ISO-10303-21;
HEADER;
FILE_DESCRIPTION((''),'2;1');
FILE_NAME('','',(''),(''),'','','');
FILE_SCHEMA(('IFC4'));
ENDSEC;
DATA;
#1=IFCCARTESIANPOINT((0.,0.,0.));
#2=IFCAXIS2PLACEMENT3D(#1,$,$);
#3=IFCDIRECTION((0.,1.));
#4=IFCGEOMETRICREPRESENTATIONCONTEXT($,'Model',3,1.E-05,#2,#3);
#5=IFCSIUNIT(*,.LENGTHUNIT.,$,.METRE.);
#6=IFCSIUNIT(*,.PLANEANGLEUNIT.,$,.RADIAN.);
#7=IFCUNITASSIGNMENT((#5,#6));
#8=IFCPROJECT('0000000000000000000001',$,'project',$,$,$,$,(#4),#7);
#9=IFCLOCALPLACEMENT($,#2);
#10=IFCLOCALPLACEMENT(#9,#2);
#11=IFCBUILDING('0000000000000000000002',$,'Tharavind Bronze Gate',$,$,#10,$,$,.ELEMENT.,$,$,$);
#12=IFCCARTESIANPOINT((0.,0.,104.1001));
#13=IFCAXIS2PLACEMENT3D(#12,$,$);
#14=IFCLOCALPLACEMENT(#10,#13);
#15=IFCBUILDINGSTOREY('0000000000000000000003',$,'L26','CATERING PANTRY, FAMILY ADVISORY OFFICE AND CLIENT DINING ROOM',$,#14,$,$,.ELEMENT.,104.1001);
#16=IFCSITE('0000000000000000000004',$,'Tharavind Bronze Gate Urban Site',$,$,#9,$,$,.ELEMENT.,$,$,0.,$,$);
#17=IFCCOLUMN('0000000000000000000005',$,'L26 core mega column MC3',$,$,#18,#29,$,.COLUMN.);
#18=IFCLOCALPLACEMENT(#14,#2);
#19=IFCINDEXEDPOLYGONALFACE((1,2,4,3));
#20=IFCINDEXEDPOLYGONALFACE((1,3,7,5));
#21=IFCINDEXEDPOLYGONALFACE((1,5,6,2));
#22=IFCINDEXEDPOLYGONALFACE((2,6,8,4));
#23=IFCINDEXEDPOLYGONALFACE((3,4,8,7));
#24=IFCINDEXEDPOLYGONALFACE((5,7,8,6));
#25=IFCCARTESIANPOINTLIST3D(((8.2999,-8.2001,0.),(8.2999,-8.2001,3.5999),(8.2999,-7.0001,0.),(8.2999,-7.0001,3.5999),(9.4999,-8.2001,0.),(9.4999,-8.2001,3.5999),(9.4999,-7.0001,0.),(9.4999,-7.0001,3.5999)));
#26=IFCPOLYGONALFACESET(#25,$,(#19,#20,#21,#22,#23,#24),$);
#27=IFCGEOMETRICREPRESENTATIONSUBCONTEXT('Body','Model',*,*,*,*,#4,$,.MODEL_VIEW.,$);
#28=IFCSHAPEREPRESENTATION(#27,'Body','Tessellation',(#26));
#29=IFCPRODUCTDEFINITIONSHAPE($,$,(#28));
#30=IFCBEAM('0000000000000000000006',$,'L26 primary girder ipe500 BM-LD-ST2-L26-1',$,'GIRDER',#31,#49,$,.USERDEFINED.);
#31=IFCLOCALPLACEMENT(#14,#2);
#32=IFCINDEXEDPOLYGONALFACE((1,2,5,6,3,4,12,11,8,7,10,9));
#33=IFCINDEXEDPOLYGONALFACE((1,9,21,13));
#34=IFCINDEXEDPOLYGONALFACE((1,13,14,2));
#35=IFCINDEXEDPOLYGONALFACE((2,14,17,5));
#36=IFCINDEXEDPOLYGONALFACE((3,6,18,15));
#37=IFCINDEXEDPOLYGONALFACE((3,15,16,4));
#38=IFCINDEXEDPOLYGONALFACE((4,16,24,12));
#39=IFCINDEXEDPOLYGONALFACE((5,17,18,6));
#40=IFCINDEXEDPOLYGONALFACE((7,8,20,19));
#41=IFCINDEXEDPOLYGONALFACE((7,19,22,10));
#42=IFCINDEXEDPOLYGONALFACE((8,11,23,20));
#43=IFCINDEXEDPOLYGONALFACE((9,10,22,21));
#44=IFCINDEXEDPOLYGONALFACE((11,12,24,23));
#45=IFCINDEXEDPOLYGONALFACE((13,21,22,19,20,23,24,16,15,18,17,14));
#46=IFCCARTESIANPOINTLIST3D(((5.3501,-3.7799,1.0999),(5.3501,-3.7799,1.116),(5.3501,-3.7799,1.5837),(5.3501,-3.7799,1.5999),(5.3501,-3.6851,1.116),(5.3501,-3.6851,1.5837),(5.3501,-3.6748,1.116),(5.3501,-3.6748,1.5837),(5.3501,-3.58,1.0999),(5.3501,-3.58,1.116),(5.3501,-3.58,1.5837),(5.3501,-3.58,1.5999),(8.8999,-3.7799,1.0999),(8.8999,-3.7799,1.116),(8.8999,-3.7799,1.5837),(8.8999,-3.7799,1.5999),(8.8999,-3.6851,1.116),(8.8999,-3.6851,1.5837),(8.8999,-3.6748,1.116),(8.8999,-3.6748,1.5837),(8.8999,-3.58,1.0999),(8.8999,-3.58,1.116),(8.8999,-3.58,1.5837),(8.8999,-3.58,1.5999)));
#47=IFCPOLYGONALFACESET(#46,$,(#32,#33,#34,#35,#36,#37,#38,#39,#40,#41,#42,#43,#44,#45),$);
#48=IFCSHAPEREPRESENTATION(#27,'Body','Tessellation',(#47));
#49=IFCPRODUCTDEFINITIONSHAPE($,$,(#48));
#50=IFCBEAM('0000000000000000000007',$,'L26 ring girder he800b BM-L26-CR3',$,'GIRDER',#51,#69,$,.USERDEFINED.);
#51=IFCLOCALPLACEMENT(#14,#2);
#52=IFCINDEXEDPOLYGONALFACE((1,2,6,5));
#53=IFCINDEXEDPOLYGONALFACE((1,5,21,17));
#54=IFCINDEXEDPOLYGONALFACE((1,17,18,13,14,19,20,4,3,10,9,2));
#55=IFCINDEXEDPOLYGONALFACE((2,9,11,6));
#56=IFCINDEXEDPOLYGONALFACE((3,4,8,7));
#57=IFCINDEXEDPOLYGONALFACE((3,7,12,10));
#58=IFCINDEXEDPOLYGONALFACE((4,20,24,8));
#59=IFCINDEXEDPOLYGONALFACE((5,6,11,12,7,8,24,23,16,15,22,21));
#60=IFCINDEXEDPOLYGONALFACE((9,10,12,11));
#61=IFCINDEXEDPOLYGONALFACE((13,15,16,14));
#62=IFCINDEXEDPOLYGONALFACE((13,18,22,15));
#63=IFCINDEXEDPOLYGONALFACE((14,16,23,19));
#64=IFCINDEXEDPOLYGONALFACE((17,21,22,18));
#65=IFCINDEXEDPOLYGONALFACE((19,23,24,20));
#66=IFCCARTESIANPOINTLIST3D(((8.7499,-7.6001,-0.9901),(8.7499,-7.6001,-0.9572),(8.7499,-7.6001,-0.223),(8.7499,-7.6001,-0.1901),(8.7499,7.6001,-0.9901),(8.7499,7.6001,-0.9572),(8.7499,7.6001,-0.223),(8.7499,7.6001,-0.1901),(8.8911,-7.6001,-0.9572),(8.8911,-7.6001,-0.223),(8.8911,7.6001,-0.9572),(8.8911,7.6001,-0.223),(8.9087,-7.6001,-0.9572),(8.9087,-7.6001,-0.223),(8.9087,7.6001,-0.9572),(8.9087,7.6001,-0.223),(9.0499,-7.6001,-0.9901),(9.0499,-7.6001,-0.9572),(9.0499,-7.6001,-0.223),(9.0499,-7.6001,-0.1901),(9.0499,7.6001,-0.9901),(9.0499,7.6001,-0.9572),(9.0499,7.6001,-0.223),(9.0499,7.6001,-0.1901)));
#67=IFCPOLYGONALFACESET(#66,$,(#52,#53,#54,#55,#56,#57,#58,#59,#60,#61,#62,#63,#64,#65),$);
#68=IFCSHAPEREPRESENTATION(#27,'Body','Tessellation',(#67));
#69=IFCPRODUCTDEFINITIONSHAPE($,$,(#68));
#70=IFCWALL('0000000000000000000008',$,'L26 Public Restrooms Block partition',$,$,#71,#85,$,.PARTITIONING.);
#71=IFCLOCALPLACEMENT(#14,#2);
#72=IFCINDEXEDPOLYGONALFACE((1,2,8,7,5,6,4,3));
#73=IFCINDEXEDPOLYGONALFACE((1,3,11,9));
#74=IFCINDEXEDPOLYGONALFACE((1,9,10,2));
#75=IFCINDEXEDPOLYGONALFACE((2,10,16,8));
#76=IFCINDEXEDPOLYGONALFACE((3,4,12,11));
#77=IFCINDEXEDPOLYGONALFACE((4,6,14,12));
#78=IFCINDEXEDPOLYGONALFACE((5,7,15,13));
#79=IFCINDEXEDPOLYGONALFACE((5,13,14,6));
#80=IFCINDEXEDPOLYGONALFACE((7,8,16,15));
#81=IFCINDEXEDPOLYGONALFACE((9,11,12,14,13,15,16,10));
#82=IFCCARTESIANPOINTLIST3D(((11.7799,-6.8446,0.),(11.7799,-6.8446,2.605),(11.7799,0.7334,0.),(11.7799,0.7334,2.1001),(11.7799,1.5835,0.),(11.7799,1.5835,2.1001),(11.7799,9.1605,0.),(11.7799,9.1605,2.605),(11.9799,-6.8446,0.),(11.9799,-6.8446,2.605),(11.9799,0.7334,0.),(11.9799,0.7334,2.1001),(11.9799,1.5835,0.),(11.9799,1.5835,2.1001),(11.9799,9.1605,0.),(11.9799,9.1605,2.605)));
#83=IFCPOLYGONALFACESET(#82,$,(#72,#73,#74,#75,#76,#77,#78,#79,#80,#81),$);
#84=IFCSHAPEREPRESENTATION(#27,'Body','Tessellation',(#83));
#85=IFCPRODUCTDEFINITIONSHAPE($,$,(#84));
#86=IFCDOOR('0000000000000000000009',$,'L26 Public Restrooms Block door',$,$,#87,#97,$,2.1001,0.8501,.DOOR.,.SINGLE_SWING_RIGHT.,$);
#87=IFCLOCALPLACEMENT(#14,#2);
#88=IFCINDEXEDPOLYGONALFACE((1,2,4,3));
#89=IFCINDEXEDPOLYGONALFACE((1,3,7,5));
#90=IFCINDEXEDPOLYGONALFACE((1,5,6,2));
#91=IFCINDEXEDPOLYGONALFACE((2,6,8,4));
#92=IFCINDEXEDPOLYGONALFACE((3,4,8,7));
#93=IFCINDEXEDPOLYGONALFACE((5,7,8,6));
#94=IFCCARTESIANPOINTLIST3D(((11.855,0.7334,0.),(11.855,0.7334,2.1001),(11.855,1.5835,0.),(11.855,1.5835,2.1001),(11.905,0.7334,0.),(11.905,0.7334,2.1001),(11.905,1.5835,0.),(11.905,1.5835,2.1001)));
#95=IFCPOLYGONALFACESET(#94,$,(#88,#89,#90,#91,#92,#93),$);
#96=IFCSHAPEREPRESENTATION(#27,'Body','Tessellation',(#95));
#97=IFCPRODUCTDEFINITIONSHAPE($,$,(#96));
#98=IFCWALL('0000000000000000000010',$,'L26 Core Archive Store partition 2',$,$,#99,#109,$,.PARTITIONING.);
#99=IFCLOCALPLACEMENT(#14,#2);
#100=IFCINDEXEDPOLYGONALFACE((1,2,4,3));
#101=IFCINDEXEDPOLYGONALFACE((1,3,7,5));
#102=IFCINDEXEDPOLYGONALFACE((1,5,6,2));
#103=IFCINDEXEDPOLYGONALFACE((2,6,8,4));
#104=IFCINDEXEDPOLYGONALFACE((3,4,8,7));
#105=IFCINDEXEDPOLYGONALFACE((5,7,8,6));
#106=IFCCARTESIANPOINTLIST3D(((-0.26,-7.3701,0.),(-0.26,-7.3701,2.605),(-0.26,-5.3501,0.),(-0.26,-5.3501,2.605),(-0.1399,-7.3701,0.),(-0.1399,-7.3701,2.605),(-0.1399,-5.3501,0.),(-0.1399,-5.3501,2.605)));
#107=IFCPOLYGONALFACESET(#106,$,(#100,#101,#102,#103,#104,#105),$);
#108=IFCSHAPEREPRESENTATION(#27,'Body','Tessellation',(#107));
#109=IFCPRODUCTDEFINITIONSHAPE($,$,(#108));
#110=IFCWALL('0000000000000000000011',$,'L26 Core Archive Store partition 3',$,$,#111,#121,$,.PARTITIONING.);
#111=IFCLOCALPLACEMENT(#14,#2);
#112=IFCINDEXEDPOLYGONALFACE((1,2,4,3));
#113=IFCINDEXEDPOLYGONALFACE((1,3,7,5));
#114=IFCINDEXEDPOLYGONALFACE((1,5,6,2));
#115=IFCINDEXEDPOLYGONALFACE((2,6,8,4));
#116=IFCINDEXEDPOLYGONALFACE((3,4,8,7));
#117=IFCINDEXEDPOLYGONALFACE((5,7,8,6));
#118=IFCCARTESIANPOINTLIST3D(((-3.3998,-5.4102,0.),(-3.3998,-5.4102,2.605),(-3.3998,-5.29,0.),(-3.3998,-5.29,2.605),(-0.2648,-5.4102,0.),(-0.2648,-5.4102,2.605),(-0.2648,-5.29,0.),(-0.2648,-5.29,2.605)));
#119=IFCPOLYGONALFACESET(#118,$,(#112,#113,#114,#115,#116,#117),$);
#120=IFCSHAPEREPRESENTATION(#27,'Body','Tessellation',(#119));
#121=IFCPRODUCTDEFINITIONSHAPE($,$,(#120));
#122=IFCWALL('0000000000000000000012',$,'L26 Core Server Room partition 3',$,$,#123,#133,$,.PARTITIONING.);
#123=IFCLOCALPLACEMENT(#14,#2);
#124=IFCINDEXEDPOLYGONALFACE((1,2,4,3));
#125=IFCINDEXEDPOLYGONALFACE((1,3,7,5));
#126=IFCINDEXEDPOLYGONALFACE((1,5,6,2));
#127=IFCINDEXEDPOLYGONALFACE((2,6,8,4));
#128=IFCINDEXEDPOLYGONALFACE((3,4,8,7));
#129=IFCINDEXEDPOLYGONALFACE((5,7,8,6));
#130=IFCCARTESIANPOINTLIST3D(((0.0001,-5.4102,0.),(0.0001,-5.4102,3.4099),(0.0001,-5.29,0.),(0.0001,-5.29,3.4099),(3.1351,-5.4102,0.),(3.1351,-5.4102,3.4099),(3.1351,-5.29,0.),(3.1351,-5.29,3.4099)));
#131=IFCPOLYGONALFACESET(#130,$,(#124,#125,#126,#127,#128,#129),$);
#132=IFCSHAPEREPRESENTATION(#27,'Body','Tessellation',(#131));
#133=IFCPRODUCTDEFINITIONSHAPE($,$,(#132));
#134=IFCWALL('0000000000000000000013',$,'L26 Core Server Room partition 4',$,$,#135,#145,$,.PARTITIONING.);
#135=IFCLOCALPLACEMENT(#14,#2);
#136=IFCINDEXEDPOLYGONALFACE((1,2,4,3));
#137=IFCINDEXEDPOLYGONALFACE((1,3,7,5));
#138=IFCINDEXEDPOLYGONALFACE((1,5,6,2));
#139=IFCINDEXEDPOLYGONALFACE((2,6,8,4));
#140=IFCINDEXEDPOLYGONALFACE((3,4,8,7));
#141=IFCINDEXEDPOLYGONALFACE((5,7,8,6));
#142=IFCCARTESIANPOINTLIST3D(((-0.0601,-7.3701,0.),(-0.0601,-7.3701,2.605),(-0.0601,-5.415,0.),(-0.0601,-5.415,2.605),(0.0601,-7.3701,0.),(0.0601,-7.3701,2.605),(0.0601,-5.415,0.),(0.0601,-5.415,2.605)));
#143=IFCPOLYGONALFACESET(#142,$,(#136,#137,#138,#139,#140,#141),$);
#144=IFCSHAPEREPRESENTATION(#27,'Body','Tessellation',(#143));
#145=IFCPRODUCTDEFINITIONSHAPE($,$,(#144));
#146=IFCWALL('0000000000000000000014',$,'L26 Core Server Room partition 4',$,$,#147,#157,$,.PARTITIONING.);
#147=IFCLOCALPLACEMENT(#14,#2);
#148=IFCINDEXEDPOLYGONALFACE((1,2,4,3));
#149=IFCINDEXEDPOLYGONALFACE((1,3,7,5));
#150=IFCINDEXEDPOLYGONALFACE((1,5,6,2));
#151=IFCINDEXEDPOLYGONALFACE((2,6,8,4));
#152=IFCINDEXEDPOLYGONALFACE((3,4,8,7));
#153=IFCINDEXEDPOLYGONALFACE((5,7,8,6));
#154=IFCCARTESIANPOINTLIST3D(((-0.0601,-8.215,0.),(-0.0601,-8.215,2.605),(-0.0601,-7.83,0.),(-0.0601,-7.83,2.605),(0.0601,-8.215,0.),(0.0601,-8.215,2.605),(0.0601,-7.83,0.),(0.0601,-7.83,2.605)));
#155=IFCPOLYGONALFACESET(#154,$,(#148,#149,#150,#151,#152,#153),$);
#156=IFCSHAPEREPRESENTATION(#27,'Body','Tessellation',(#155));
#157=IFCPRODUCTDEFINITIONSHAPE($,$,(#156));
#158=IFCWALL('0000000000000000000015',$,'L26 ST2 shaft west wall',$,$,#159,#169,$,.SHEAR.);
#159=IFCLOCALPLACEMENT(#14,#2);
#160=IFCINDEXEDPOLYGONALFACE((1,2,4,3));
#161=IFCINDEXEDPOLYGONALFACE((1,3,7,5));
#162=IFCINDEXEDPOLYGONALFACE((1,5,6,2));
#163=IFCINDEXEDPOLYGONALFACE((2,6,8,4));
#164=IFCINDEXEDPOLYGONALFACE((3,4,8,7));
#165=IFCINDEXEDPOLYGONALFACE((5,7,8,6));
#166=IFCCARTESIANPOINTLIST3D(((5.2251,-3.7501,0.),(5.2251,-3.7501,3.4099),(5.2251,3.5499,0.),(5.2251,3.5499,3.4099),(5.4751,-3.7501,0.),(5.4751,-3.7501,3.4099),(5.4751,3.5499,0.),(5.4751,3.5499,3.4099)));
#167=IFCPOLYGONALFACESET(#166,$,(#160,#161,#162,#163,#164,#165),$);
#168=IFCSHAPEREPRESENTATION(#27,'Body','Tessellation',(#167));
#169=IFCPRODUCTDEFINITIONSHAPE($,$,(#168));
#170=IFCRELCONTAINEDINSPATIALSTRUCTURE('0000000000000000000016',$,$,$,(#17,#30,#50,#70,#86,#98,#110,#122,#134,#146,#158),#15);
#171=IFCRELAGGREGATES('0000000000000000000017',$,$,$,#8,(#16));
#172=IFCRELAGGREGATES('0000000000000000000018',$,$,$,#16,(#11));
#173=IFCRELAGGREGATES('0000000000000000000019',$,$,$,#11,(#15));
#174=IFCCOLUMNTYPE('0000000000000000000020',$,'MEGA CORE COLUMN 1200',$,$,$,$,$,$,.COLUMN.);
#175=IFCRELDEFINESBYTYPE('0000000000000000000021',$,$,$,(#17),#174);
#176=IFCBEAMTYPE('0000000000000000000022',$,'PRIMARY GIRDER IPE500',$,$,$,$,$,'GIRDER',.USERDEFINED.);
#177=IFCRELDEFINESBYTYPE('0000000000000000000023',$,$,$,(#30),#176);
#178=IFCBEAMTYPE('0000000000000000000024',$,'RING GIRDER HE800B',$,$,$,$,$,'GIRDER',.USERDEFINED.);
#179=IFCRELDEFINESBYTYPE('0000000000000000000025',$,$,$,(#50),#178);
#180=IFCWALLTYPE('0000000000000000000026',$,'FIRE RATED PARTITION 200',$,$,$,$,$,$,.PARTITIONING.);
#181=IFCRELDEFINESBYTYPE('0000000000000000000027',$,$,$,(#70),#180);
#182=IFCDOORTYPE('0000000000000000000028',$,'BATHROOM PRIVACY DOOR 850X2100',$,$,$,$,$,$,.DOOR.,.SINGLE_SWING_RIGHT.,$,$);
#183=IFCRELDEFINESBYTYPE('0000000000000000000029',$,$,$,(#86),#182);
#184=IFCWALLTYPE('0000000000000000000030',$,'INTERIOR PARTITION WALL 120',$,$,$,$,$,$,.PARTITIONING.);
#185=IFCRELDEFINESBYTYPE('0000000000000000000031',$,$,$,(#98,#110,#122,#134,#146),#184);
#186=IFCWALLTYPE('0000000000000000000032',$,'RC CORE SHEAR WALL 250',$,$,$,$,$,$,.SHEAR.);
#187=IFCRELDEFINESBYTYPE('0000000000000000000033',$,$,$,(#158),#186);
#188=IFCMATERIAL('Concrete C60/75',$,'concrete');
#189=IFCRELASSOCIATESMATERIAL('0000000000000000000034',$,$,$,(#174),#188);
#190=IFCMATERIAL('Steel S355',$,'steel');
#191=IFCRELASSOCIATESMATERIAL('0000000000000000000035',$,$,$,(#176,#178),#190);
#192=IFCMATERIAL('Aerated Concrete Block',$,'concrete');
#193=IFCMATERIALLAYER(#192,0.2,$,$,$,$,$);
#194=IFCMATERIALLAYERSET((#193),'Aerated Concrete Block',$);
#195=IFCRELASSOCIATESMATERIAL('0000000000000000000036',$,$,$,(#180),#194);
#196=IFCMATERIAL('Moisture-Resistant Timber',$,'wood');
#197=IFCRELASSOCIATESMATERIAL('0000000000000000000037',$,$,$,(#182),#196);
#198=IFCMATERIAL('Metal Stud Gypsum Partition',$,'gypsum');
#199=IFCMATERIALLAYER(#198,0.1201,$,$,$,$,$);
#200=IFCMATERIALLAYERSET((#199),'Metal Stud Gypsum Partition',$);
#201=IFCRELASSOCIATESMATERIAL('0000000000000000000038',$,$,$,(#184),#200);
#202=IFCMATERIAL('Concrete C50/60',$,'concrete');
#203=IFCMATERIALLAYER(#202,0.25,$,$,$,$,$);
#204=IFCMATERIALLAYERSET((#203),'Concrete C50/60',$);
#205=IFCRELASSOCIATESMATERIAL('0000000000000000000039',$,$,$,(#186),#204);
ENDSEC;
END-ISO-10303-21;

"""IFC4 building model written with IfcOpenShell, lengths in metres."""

from ifc_helpers import new_model, si_unit, direction, frame, frame_2d, origin, origin_2d, place, context, subcontext, project, spatial, rectangle, i_section, extrude, material, layer, layer_set, material_profile, profile_set, type_object, element, fill, save


model = new_model("IFC4")

# Units and contexts
model_context = context("Model", 3, precision=1e-05, world=origin(), true_north=direction((0.0, 1.0)))
body_context = subcontext(model_context, "Body", "Model", "MODEL_VIEW")
ifc_project = project(units=[si_unit("LENGTHUNIT", "METRE"), si_unit("PLANEANGLEUNIT", "RADIAN")], contexts=[model_context])

# Site, building, storey
site_placement = place(None, origin())
site = spatial("IfcSite", under=ifc_project, at=site_placement, Name="Tharavind Bronze Gate Urban Site", CompositionType="ELEMENT", RefElevation=0.0)
building_placement = place(site_placement, origin())
building = spatial("IfcBuilding", under=site, at=building_placement, Name="Tharavind Bronze Gate", CompositionType="ELEMENT")
storey_placement = place(building_placement, frame((0.0, 0.0, 104.1001)))
storey = spatial("IfcBuildingStorey", under=building, at=storey_placement, Name="L26", Description="CATERING PANTRY, FAMILY ADVISORY OFFICE AND CLIENT DINING ROOM", CompositionType="ELEMENT", Elevation=104.1001)

# Column
ifc_material_1 = material(Name="Concrete C60/75", Category="concrete")
ifc_material_profile_1 = material_profile(ifc_material_1, rectangle(XDim=1.2, YDim=1.2, at=origin_2d()), Name="RCCOL1200")
ifc_profile_set_1 = profile_set([ifc_material_profile_1], Name="Concrete C60/75")
column_type = type_object("IfcColumnType", Name="MEGA CORE COLUMN 1200", PredefinedType="COLUMN", material=ifc_profile_set_1)
column_placement = place(storey_placement, frame((8.8999, -7.6001, 0.0), z_axis=(0.0, 0.0, 1.0), x_axis=(1.0, 0.0, 0.0)))
element("IfcColumn", 1, at=column_placement, inside=storey, type_object=column_type, Name="L26 core mega column MC3", PredefinedType="COLUMN", context=body_context, shape_type="SweptSolid", body=[
    extrude(rectangle(XDim=1.2, YDim=1.2, at=origin_2d()), origin(), (0.0, 0.0, 1.0), 3.5999),
])

# Beams
ifc_material_2 = material(Name="Steel S355", Category="steel")
ifc_material_profile_2 = material_profile(ifc_material_2, i_section(OverallWidth=0.2, OverallDepth=0.5, WebThickness=0.0103, FlangeThickness=0.0161, at=origin_2d()), Name="IPE500")
ifc_profile_set_2 = profile_set([ifc_material_profile_2], Name="Steel S355")
beam_type_1 = type_object("IfcBeamType", Name="PRIMARY GIRDER IPE500", ElementType="GIRDER", PredefinedType="USERDEFINED", material=ifc_profile_set_2)
beam_1_placement = place(storey_placement, frame((5.3501, -3.6799, 1.3499), z_axis=(1.0, 0.0, 0.0), x_axis=(0.0, 1.0, 0.0)))
element("IfcBeam", 2, at=beam_1_placement, inside=storey, type_object=beam_type_1, Name="L26 primary girder ipe500 BM-LD-ST2-L26-1", ObjectType="GIRDER", PredefinedType="USERDEFINED", context=body_context, shape_type="SweptSolid", body=[
    extrude(i_section(OverallWidth=0.2, OverallDepth=0.5, WebThickness=0.0103, FlangeThickness=0.0161, at=origin_2d()), origin(), (0.0, 0.0, 1.0), 3.5498),
])
ifc_material_profile_3 = material_profile(ifc_material_2, i_section(OverallWidth=0.3, OverallDepth=0.8, WebThickness=0.0176, FlangeThickness=0.033, at=origin_2d()), Name="HE800B")
ifc_profile_set_3 = profile_set([ifc_material_profile_3], Name="Steel S355")
beam_type_2 = type_object("IfcBeamType", Name="RING GIRDER HE800B", ElementType="GIRDER", PredefinedType="USERDEFINED", material=ifc_profile_set_3)
beam_2_placement = place(storey_placement, frame((8.8999, -7.6001, -0.5901), z_axis=(0.0, 1.0, 0.0), x_axis=(-1.0, 0.0, 0.0)))
element("IfcBeam", 3, at=beam_2_placement, inside=storey, type_object=beam_type_2, Name="L26 ring girder he800b BM-L26-CR3", ObjectType="GIRDER", PredefinedType="USERDEFINED", context=body_context, shape_type="SweptSolid", body=[
    extrude(i_section(OverallWidth=0.3, OverallDepth=0.8, WebThickness=0.0176, FlangeThickness=0.033, at=origin_2d()), origin(), (0.0, 0.0, 1.0), 15.2002),
])

# Wall, opening, door
ifc_material_3 = material(Name="Aerated Concrete Block", Category="concrete")
ifc_layer_1 = layer(ifc_material_3, 0.2)
ifc_layer_set_1 = layer_set([ifc_layer_1], Name="Aerated Concrete Block")
wall_type_1 = type_object("IfcWallType", Name="FIRE RATED PARTITION 200", PredefinedType="PARTITIONING", material=ifc_layer_set_1)
wall_1_placement = place(storey_placement, frame((11.8799, -6.8445, 0.0), z_axis=(0.0, 0.0, 1.0), x_axis=(0.0, 1.0, 0.0)))
wall_1 = element("IfcWall", 4, at=wall_1_placement, inside=storey, type_object=wall_type_1, Name="L26 Public Restrooms Block partition", PredefinedType="PARTITIONING", context=body_context, shape_type="SweptSolid", body=[
    extrude(rectangle(XDim=16.0051, YDim=0.2, at=frame_2d((8.0024, 0.0))), origin(), (0.0, 0.0, 1.0), 2.605),
])
opening_1_placement = place(wall_1_placement, frame((7.5779, 0.0, 0.0)))
opening_1 = element("IfcOpeningElement", 5, at=opening_1_placement, cuts=wall_1, PredefinedType="OPENING", context=body_context, shape_type="SweptSolid", body=[
    extrude(rectangle(XDim=0.8501, YDim=2.1001, at=frame_2d((0.425, 1.05))), frame((0.0, 0.1101, 0.0), z_axis=(0.0, -1.0, 0.0), x_axis=(1.0, 0.0, 0.0)), (0.0, 0.0, 1.0), 0.22),
])
ifc_material_4 = material(Name="Moisture-Resistant Timber", Category="wood")
door_type_1 = type_object("IfcDoorType", Name="BATHROOM PRIVACY DOOR 850X2100", OperationType="SINGLE_SWING_RIGHT", PredefinedType="DOOR", material=ifc_material_4)
door_1_placement = place(opening_1_placement, origin())
door_1 = element("IfcDoor", 6, at=door_1_placement, inside=storey, type_object=door_type_1, Name="L26 Public Restrooms Block door", OperationType="SINGLE_SWING_RIGHT", OverallHeight=2.1001, OverallWidth=0.8501, PredefinedType="DOOR", context=body_context, shape_type="SweptSolid", body=[
    extrude(rectangle(XDim=0.8501, YDim=2.1001, at=frame_2d((0.425, 1.05))), frame((0.0, 0.0249, 0.0), z_axis=(0.0, -1.0, 0.0), x_axis=(1.0, 0.0, 0.0)), (0.0, 0.0, 1.0), 0.05),
])
fill(opening_1, door_1)

# Walls
ifc_material_5 = material(Name="Metal Stud Gypsum Partition", Category="gypsum")
ifc_layer_2 = layer(ifc_material_5, 0.1201)
ifc_layer_set_2 = layer_set([ifc_layer_2], Name="Metal Stud Gypsum Partition")
wall_type_2 = type_object("IfcWallType", Name="INTERIOR PARTITION WALL 120", PredefinedType="PARTITIONING", material=ifc_layer_set_2)
wall_2_placement = place(storey_placement, frame((-0.2, -7.3701, 0.0), z_axis=(0.0, 0.0, 1.0), x_axis=(0.0, 1.0, 0.0)))
element("IfcWall", 7, at=wall_2_placement, inside=storey, type_object=wall_type_2, Name="L26 Core Archive Store partition 2", PredefinedType="PARTITIONING", context=body_context, shape_type="SweptSolid", body=[
    extrude(rectangle(XDim=2.02, YDim=0.1201, at=frame_2d((1.01, 0.0))), origin(), (0.0, 0.0, 1.0), 2.605),
])
wall_3_placement = place(storey_placement, frame((-0.2649, -5.3501, 0.0), z_axis=(0.0, 0.0, 1.0), x_axis=(-1.0, 0.0, 0.0)))
element("IfcWall", 8, at=wall_3_placement, inside=storey, type_object=wall_type_2, Name="L26 Core Archive Store partition 3", PredefinedType="PARTITIONING", context=body_context, shape_type="SweptSolid", body=[
    extrude(rectangle(XDim=3.135, YDim=0.1201, at=frame_2d((1.5674, 0.0))), origin(), (0.0, 0.0, 1.0), 2.605),
])
wall_4_placement = place(storey_placement, frame((3.135, -5.3501, 0.0), z_axis=(0.0, 0.0, 1.0), x_axis=(-1.0, 0.0, 0.0)))
element("IfcWall", 9, at=wall_4_placement, inside=storey, type_object=wall_type_2, Name="L26 Core Server Room partition 3", PredefinedType="PARTITIONING", context=body_context, shape_type="SweptSolid", body=[
    extrude(rectangle(XDim=3.135, YDim=0.1201, at=frame_2d((1.5674, 0.0))), origin(), (0.0, 0.0, 1.0), 3.4099),
])
wall_5_placement = place(storey_placement, frame((0.0, -5.415, 0.0), z_axis=(0.0, 0.0, 1.0), x_axis=(0.0, -1.0, 0.0)))
element("IfcWall", 10, at=wall_5_placement, inside=storey, type_object=wall_type_2, Name="L26 Core Server Room partition 4", PredefinedType="PARTITIONING", context=body_context, shape_type="SweptSolid", body=[
    extrude(rectangle(XDim=1.9551, YDim=0.1201, at=frame_2d((0.9775, 0.0))), origin(), (0.0, 0.0, 1.0), 2.605),
])
wall_6_placement = place(storey_placement, frame((0.0, -7.8301, 0.0), z_axis=(0.0, 0.0, 1.0), x_axis=(0.0, -1.0, 0.0)))
element("IfcWall", 11, at=wall_6_placement, inside=storey, type_object=wall_type_2, Name="L26 Core Server Room partition 4", PredefinedType="PARTITIONING", context=body_context, shape_type="SweptSolid", body=[
    extrude(rectangle(XDim=0.385, YDim=0.1201, at=frame_2d((0.1924, 0.0))), origin(), (0.0, 0.0, 1.0), 2.605),
])
ifc_material_6 = material(Name="Concrete C50/60", Category="concrete")
ifc_layer_3 = layer(ifc_material_6, 0.25)
ifc_layer_set_3 = layer_set([ifc_layer_3], Name="Concrete C50/60")
wall_type_3 = type_object("IfcWallType", Name="RC CORE SHEAR WALL 250", PredefinedType="SHEAR", material=ifc_layer_set_3)
wall_7_placement = place(storey_placement, frame((5.3501, -3.75, 0.0), z_axis=(0.0, 0.0, 1.0), x_axis=(0.0, 1.0, 0.0)))
element("IfcWall", 12, at=wall_7_placement, inside=storey, type_object=wall_type_3, Name="L26 ST2 shaft west wall", PredefinedType="SHEAR", context=body_context, shape_type="SweptSolid", body=[
    extrude(rectangle(XDim=7.3, YDim=0.25, at=frame_2d((3.6499, 0.0))), origin(), (0.0, 0.0, 1.0), 3.4099),
])

save(model, "model.ifc")
